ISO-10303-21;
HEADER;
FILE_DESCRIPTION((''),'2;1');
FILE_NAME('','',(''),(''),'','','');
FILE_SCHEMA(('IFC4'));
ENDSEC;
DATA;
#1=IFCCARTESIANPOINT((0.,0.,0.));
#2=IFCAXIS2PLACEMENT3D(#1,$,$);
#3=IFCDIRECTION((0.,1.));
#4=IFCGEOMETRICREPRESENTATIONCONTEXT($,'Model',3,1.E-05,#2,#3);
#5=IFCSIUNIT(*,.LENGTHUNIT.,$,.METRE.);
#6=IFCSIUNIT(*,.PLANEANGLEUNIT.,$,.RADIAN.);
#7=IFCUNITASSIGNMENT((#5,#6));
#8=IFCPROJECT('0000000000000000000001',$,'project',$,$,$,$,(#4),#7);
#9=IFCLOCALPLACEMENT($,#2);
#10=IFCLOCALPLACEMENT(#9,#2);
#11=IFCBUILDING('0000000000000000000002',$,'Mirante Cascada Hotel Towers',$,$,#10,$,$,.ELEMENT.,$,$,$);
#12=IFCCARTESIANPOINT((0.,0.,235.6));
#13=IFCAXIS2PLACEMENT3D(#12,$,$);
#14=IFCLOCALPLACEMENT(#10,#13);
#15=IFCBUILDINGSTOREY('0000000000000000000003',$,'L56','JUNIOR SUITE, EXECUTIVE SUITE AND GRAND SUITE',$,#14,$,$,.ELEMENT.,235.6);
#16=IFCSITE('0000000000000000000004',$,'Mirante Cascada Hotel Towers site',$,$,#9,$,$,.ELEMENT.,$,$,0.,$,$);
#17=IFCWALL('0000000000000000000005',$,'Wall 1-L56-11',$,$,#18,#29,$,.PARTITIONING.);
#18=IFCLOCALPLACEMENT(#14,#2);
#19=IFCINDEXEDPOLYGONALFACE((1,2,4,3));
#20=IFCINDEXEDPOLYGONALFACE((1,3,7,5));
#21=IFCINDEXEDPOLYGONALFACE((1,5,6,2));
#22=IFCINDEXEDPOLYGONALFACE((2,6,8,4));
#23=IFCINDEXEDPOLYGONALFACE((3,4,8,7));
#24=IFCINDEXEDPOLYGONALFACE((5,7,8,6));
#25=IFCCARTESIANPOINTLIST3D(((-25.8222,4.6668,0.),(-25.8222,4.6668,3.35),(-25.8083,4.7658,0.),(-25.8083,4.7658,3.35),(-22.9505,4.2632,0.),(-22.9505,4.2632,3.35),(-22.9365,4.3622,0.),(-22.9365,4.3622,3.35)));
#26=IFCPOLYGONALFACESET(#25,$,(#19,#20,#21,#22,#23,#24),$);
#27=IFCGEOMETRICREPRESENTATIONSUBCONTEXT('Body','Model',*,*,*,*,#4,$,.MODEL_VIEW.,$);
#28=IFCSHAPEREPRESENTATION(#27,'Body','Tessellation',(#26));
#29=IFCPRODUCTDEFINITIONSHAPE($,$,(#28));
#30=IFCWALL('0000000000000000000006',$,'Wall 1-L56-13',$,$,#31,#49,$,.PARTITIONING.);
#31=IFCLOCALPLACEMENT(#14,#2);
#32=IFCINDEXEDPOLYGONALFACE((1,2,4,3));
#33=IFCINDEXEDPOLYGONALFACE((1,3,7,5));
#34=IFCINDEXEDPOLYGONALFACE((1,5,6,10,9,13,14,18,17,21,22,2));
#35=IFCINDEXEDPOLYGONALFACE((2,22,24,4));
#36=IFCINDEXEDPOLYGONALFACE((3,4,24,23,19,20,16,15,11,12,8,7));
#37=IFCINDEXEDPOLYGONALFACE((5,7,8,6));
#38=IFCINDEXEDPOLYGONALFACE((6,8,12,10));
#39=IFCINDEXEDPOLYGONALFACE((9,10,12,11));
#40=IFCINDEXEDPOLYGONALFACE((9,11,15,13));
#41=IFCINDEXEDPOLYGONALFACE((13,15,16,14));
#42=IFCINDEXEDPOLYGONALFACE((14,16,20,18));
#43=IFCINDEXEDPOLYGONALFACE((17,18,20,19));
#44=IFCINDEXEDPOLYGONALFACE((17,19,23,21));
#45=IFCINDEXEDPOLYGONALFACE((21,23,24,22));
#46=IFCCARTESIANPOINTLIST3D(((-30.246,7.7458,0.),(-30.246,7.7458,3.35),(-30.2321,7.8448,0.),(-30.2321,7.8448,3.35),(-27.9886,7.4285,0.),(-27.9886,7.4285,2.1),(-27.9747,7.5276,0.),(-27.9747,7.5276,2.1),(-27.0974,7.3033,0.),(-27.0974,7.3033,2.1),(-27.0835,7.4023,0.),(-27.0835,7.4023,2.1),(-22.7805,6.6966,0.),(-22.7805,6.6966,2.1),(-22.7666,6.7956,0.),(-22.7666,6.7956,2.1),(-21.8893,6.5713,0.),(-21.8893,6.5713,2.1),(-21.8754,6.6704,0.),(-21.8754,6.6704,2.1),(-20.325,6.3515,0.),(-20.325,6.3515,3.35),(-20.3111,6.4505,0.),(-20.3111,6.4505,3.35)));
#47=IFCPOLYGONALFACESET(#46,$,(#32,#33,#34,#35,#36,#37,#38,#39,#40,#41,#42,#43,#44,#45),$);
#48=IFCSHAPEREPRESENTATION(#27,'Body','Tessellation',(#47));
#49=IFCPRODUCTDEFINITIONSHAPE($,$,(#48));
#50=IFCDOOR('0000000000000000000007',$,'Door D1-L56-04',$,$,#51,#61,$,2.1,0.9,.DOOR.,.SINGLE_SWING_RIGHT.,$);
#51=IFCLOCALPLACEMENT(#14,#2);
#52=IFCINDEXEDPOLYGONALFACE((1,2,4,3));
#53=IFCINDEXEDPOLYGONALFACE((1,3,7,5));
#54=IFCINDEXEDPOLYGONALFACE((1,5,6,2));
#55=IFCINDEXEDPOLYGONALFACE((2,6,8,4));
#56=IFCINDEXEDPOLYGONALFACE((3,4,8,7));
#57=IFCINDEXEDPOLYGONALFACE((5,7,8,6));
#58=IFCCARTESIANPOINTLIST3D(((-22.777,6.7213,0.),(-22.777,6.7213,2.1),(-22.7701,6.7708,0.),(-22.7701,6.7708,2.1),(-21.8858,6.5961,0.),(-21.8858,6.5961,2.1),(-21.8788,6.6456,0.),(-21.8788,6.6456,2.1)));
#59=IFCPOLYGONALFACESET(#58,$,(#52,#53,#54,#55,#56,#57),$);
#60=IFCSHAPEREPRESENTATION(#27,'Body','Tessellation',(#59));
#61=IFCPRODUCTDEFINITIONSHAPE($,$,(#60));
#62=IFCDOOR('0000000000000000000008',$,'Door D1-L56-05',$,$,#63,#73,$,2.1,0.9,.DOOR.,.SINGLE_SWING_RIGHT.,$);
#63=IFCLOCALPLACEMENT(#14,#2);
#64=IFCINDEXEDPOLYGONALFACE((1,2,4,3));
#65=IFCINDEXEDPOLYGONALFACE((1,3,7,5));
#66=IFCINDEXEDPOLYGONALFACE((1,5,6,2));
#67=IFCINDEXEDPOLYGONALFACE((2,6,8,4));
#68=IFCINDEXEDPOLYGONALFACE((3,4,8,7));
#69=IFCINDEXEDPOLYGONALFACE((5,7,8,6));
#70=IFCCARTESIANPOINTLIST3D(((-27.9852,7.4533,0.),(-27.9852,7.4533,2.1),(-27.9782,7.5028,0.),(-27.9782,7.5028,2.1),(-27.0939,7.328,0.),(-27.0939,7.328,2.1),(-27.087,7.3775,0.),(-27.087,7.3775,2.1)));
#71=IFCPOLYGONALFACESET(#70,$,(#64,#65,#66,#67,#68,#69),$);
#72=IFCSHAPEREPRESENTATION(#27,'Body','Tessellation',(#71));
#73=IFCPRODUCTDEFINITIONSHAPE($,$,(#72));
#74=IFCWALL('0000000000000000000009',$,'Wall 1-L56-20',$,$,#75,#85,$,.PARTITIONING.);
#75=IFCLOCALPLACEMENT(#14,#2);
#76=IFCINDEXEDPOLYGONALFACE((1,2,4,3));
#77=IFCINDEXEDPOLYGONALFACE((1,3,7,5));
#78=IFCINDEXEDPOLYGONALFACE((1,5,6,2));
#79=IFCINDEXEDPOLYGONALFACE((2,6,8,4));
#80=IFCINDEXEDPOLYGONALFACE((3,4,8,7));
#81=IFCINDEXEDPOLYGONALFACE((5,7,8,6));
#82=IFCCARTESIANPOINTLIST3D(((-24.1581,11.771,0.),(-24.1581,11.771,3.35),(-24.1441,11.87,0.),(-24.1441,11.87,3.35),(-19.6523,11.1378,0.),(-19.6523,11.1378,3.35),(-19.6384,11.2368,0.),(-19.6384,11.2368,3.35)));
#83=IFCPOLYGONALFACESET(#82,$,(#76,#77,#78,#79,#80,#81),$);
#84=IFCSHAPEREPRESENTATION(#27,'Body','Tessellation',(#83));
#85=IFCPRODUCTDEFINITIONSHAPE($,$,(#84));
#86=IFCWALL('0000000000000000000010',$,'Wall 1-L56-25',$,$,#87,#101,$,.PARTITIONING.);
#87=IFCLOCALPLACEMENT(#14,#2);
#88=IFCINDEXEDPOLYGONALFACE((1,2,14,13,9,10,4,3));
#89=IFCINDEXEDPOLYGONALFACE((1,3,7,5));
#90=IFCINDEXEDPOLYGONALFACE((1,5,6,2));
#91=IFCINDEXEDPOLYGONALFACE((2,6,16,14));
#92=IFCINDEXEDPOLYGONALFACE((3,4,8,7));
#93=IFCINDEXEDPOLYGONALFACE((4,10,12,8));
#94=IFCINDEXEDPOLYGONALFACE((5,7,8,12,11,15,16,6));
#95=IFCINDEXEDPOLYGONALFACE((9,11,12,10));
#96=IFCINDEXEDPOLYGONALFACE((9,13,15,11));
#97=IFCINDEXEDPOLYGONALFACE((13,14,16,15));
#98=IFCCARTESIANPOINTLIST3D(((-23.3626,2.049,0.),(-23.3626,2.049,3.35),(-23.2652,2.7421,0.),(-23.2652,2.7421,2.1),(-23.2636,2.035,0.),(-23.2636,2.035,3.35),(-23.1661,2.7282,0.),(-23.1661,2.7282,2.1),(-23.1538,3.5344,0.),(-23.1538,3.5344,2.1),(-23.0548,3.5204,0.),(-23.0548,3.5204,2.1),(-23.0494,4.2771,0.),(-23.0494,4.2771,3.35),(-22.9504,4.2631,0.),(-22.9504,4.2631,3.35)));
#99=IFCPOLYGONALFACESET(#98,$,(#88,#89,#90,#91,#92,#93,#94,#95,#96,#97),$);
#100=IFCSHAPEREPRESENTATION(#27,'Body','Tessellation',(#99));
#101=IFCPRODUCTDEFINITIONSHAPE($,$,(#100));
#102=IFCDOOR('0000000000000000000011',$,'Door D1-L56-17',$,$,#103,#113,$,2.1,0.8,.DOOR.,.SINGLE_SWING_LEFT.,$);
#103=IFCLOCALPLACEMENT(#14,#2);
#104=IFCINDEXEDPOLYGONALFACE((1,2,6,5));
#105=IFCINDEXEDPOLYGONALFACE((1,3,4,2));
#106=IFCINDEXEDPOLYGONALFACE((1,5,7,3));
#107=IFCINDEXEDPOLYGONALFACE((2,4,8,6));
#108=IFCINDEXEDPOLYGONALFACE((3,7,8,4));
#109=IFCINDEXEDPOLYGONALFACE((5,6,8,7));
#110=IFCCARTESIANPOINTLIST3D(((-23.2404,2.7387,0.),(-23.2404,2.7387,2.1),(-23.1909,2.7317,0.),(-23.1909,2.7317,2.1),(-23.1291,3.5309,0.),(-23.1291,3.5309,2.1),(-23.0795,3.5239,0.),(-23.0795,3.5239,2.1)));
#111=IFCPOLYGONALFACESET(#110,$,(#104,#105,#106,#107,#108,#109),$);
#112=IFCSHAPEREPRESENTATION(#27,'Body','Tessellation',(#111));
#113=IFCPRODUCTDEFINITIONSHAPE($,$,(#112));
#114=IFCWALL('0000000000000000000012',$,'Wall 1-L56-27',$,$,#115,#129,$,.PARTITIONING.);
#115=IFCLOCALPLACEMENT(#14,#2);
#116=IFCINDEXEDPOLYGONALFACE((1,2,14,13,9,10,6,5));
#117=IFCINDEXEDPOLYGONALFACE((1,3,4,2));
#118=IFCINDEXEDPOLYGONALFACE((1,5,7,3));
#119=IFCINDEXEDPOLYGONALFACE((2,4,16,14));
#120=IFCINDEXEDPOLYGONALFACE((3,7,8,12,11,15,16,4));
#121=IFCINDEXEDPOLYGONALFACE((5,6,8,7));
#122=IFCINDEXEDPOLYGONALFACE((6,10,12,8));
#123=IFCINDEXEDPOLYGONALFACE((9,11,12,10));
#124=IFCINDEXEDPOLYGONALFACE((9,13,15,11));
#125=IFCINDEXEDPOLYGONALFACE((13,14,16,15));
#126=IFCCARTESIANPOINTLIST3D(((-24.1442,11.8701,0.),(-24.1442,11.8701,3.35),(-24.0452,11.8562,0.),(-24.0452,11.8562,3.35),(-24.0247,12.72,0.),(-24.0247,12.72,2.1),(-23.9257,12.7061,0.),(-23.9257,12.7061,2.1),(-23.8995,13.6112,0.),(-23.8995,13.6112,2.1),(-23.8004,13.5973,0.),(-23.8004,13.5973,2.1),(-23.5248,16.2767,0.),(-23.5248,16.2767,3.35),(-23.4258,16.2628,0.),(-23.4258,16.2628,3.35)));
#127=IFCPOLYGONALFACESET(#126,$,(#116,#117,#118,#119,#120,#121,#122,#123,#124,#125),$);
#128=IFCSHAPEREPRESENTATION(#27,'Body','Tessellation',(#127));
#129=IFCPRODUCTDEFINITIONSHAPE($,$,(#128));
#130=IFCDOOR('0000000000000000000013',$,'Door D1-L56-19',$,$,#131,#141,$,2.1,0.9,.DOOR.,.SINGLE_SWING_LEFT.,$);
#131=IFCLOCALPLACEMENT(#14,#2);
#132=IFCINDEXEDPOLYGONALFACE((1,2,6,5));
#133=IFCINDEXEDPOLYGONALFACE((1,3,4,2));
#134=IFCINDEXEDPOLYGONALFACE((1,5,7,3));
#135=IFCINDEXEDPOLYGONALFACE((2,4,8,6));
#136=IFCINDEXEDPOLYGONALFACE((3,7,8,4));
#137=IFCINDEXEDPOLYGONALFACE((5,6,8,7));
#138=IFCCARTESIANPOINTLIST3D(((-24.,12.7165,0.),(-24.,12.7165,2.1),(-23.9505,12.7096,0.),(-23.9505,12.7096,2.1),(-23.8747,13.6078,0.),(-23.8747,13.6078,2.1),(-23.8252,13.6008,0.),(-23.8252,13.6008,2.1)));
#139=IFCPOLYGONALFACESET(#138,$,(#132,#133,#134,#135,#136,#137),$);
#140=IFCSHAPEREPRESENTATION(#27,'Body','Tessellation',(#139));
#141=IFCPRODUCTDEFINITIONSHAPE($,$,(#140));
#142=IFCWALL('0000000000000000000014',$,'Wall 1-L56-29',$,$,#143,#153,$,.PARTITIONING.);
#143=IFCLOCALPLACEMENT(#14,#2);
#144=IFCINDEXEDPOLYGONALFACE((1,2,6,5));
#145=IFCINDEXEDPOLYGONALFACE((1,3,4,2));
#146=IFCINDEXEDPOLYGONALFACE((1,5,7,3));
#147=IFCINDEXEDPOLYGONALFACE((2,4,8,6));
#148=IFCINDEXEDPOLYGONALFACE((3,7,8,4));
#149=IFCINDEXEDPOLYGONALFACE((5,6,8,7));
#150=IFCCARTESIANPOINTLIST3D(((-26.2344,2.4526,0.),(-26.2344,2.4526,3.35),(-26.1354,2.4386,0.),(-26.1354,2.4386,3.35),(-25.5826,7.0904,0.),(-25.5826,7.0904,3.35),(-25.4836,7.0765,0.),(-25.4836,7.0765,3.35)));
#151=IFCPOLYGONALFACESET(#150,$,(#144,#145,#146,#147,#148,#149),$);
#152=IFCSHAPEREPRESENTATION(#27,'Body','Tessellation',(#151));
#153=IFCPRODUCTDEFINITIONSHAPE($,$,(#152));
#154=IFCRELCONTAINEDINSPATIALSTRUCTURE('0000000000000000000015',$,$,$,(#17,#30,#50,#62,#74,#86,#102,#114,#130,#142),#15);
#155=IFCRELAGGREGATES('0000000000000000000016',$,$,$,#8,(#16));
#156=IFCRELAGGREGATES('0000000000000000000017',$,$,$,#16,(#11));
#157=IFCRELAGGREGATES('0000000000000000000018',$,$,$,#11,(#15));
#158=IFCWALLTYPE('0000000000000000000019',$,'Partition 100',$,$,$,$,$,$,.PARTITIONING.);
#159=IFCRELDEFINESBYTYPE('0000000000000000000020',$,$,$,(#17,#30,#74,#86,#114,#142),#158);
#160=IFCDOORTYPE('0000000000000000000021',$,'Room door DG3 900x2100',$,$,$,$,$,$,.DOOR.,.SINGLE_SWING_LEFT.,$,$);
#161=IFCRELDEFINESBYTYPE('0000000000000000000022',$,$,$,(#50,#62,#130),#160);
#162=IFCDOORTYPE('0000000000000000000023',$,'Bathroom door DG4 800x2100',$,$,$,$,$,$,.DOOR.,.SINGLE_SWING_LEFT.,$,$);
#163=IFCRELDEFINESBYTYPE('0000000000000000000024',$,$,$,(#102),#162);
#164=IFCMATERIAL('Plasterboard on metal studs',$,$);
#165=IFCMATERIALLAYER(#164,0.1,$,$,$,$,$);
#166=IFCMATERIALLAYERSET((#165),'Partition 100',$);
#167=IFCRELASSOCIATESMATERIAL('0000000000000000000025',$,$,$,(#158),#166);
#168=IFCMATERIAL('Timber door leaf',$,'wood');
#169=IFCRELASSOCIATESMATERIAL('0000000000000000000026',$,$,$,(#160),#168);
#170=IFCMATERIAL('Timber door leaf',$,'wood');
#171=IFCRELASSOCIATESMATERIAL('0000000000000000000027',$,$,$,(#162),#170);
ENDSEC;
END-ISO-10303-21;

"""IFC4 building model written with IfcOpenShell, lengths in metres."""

from ifc_helpers import new_model, si_unit, direction, frame, frame_2d, origin, place, context, subcontext, project, spatial, rectangle, extrude, material, layer, layer_set, type_object, element, fill, save


model = new_model("IFC4")

# Units and contexts
model_context = context("Model", 3, precision=1e-05, world=origin(), true_north=direction((0.0, 1.0)))
body_context = subcontext(model_context, "Body", "Model", "MODEL_VIEW")
ifc_project = project(units=[si_unit("LENGTHUNIT", "METRE"), si_unit("PLANEANGLEUNIT", "RADIAN")], contexts=[model_context])

# Site, building, storey
site_placement = place(None, origin())
site = spatial("IfcSite", under=ifc_project, at=site_placement, Name="Mirante Cascada Hotel Towers site", CompositionType="ELEMENT", RefElevation=0.0)
building_placement = place(site_placement, origin())
building = spatial("IfcBuilding", under=site, at=building_placement, Name="Mirante Cascada Hotel Towers", CompositionType="ELEMENT")
storey_placement = place(building_placement, frame((0.0, 0.0, 235.6)))
storey = spatial("IfcBuildingStorey", under=building, at=storey_placement, Name="L56", Description="JUNIOR SUITE, EXECUTIVE SUITE AND GRAND SUITE", CompositionType="ELEMENT", Elevation=235.6)

# Wall
ifc_material_1 = material(Name="Plasterboard on metal studs")
ifc_layer_1 = layer(ifc_material_1, 0.1)
ifc_layer_set_1 = layer_set([ifc_layer_1], Name="Partition 100")
wall_type_1 = type_object("IfcWallType", Name="Partition 100", PredefinedType="PARTITIONING", material=ifc_layer_set_1)
wall_1_placement = place(storey_placement, frame((-22.9435, 4.3127, 0.0), z_axis=(0.0, 0.0, 1.0), x_axis=(-0.990268, 0.139171, 0.0)))
element("IfcWall", 1, at=wall_1_placement, inside=storey, type_object=wall_type_1, Name="Wall 1-L56-11", PredefinedType="PARTITIONING", context=body_context, shape_type="SweptSolid", body=[
    extrude(rectangle(XDim=2.9, YDim=0.1, at=frame_2d((1.45, 0.0))), origin(), (0.0, 0.0, 1.0), 3.35),
])

# Wall, openings, doors
wall_2_placement = place(storey_placement, frame((-20.3181, 6.401, 0.0), z_axis=(0.0, 0.0, 1.0), x_axis=(-0.990268, 0.139173, 0.0)))
wall_2 = element("IfcWall", 2, at=wall_2_placement, inside=storey, type_object=wall_type_1, Name="Wall 1-L56-13", PredefinedType="PARTITIONING", context=body_context, shape_type="SweptSolid", body=[
    extrude(rectangle(XDim=10.0185, YDim=0.1, at=frame_2d((5.0092, 0.0))), origin(), (0.0, 0.0, 1.0), 3.35),
])
opening_1_placement = place(wall_2_placement, frame((1.5796, 0.0, 0.0)))
opening_1 = element("IfcOpeningElement", 3, at=opening_1_placement, cuts=wall_2, PredefinedType="OPENING", context=body_context, shape_type="SweptSolid", body=[
    extrude(rectangle(XDim=0.9, YDim=2.1, at=frame_2d((0.45, 1.05))), frame((0.0, 0.05, 0.0), z_axis=(0.0, -1.0, 0.0), x_axis=(1.0, 0.0, 0.0)), (0.0, 0.0, 1.0), 0.1),
])
opening_2_placement = place(wall_2_placement, frame((6.8389, 0.0, 0.0)))
opening_2 = element("IfcOpeningElement", 4, at=opening_2_placement, cuts=wall_2, PredefinedType="OPENING", context=body_context, shape_type="SweptSolid", body=[
    extrude(rectangle(XDim=0.9, YDim=2.1, at=frame_2d((0.45, 1.05))), frame((0.0, 0.05, 0.0), z_axis=(0.0, -1.0, 0.0), x_axis=(1.0, 0.0, 0.0)), (0.0, 0.0, 1.0), 0.1),
])
ifc_material_2 = material(Name="Timber door leaf", Category="wood")
door_type_1 = type_object("IfcDoorType", Name="Room door DG3 900x2100", OperationType="SINGLE_SWING_LEFT", PredefinedType="DOOR", material=ifc_material_2)
door_1_placement = place(opening_1_placement, frame((0.9, 0.0, 0.0), z_axis=(0.0, 0.0, 1.0), x_axis=(-1.0, 0.0, 0.0)))
door_1 = element("IfcDoor", 5, at=door_1_placement, inside=storey, type_object=door_type_1, Name="Door D1-L56-04", OperationType="SINGLE_SWING_RIGHT", OverallHeight=2.1, OverallWidth=0.9, PredefinedType="DOOR", context=body_context, shape_type="SweptSolid", body=[
    extrude(rectangle(XDim=0.9, YDim=2.1, at=frame_2d((0.45, 1.05))), frame((0.0, 0.025, 0.0), z_axis=(0.0, -1.0, 0.0), x_axis=(1.0, 0.0, 0.0)), (0.0, 0.0, 1.0), 0.05),
])
fill(opening_1, door_1)
door_2_placement = place(opening_2_placement, frame((0.9, 0.0, 0.0), z_axis=(0.0, 0.0, 1.0), x_axis=(-1.0, 0.0, 0.0)))
door_2 = element("IfcDoor", 6, at=door_2_placement, inside=storey, type_object=door_type_1, Name="Door D1-L56-05", OperationType="SINGLE_SWING_RIGHT", OverallHeight=2.1, OverallWidth=0.9, PredefinedType="DOOR", context=body_context, shape_type="SweptSolid", body=[
    extrude(rectangle(XDim=0.9, YDim=2.1, at=frame_2d((0.45, 1.05))), frame((0.0, 0.025, 0.0), z_axis=(0.0, -1.0, 0.0), x_axis=(1.0, 0.0, 0.0)), (0.0, 0.0, 1.0), 0.05),
])
fill(opening_2, door_2)

# Wall
wall_3_placement = place(storey_placement, frame((-24.1511, 11.8205, 0.0), z_axis=(0.0, 0.0, 1.0), x_axis=(0.990269, -0.139166, 0.0)))
element("IfcWall", 7, at=wall_3_placement, inside=storey, type_object=wall_type_1, Name="Wall 1-L56-20", PredefinedType="PARTITIONING", context=body_context, shape_type="SweptSolid", body=[
    extrude(rectangle(XDim=4.55, YDim=0.1, at=frame_2d((2.275, 0.0))), origin(), (0.0, 0.0, 1.0), 3.35),
])

# Walls, openings, doors
wall_4_placement = place(storey_placement, frame((-23.3131, 2.042, 0.0), z_axis=(0.0, 0.0, 1.0), x_axis=(0.1392, 0.990264, 0.0)))
wall_4 = element("IfcWall", 8, at=wall_4_placement, inside=storey, type_object=wall_type_1, Name="Wall 1-L56-25", PredefinedType="PARTITIONING", context=body_context, shape_type="SweptSolid", body=[
    extrude(rectangle(XDim=2.25, YDim=0.1, at=frame_2d((1.125, 0.0))), origin(), (0.0, 0.0, 1.0), 3.35),
])
opening_3_placement = place(wall_4_placement, frame((0.7, 0.0, 0.0)))
opening_3 = element("IfcOpeningElement", 9, at=opening_3_placement, cuts=wall_4, PredefinedType="OPENING", context=body_context, shape_type="SweptSolid", body=[
    extrude(rectangle(XDim=0.8, YDim=2.1, at=frame_2d((0.4, 1.05))), frame((0.0, 0.05, 0.0), z_axis=(0.0, -1.0, 0.0), x_axis=(1.0, 0.0, 0.0)), (0.0, 0.0, 1.0), 0.1),
])
ifc_material_3 = material(Name="Timber door leaf", Category="wood")
door_type_2 = type_object("IfcDoorType", Name="Bathroom door DG4 800x2100", OperationType="SINGLE_SWING_LEFT", PredefinedType="DOOR", material=ifc_material_3)
door_3_placement = place(opening_3_placement, origin())
door_3 = element("IfcDoor", 10, at=door_3_placement, inside=storey, type_object=door_type_2, Name="Door D1-L56-17", OperationType="SINGLE_SWING_LEFT", OverallHeight=2.1, OverallWidth=0.8, PredefinedType="DOOR", context=body_context, shape_type="SweptSolid", body=[
    extrude(rectangle(XDim=0.8, YDim=2.1, at=frame_2d((0.4, 1.05))), frame((0.0, 0.025, 0.0), z_axis=(0.0, -1.0, 0.0), x_axis=(1.0, 0.0, 0.0)), (0.0, 0.0, 1.0), 0.05),
])
fill(opening_3, door_3)
wall_5_placement = place(storey_placement, frame((-24.0947, 11.8631, 0.0), z_axis=(0.0, 0.0, 1.0), x_axis=(0.139193, 0.990265, 0.0)))
wall_5 = element("IfcWall", 11, at=wall_5_placement, inside=storey, type_object=wall_type_1, Name="Wall 1-L56-27", PredefinedType="PARTITIONING", context=body_context, shape_type="SweptSolid", body=[
    extrude(rectangle(XDim=4.4499, YDim=0.1, at=frame_2d((2.225, 0.0))), origin(), (0.0, 0.0, 1.0), 3.35),
])
opening_4_placement = place(wall_5_placement, frame((0.8583, 0.0, 0.0)))
opening_4 = element("IfcOpeningElement", 12, at=opening_4_placement, cuts=wall_5, PredefinedType="OPENING", context=body_context, shape_type="SweptSolid", body=[
    extrude(rectangle(XDim=0.9, YDim=2.1, at=frame_2d((0.45, 1.05))), frame((0.0, 0.05, 0.0), z_axis=(0.0, -1.0, 0.0), x_axis=(1.0, 0.0, 0.0)), (0.0, 0.0, 1.0), 0.1),
])
door_4_placement = place(opening_4_placement, origin())
door_4 = element("IfcDoor", 13, at=door_4_placement, inside=storey, type_object=door_type_1, Name="Door D1-L56-19", OperationType="SINGLE_SWING_LEFT", OverallHeight=2.1, OverallWidth=0.9, PredefinedType="DOOR", context=body_context, shape_type="SweptSolid", body=[
    extrude(rectangle(XDim=0.9, YDim=2.1, at=frame_2d((0.45, 1.05))), frame((0.0, 0.025, 0.0), z_axis=(0.0, -1.0, 0.0), x_axis=(1.0, 0.0, 0.0)), (0.0, 0.0, 1.0), 0.05),
])
fill(opening_4, door_4)

# Wall
wall_6_placement = place(storey_placement, frame((-26.1849, 2.4456, 0.0), z_axis=(0.0, 0.0, 1.0), x_axis=(0.139173, 0.990268, 0.0)))
element("IfcWall", 14, at=wall_6_placement, inside=storey, type_object=wall_type_1, Name="Wall 1-L56-29", PredefinedType="PARTITIONING", context=body_context, shape_type="SweptSolid", body=[
    extrude(rectangle(XDim=4.6834, YDim=0.1, at=frame_2d((2.3417, 0.0))), origin(), (0.0, 0.0, 1.0), 3.35),
])

save(model, "model.ifc")
